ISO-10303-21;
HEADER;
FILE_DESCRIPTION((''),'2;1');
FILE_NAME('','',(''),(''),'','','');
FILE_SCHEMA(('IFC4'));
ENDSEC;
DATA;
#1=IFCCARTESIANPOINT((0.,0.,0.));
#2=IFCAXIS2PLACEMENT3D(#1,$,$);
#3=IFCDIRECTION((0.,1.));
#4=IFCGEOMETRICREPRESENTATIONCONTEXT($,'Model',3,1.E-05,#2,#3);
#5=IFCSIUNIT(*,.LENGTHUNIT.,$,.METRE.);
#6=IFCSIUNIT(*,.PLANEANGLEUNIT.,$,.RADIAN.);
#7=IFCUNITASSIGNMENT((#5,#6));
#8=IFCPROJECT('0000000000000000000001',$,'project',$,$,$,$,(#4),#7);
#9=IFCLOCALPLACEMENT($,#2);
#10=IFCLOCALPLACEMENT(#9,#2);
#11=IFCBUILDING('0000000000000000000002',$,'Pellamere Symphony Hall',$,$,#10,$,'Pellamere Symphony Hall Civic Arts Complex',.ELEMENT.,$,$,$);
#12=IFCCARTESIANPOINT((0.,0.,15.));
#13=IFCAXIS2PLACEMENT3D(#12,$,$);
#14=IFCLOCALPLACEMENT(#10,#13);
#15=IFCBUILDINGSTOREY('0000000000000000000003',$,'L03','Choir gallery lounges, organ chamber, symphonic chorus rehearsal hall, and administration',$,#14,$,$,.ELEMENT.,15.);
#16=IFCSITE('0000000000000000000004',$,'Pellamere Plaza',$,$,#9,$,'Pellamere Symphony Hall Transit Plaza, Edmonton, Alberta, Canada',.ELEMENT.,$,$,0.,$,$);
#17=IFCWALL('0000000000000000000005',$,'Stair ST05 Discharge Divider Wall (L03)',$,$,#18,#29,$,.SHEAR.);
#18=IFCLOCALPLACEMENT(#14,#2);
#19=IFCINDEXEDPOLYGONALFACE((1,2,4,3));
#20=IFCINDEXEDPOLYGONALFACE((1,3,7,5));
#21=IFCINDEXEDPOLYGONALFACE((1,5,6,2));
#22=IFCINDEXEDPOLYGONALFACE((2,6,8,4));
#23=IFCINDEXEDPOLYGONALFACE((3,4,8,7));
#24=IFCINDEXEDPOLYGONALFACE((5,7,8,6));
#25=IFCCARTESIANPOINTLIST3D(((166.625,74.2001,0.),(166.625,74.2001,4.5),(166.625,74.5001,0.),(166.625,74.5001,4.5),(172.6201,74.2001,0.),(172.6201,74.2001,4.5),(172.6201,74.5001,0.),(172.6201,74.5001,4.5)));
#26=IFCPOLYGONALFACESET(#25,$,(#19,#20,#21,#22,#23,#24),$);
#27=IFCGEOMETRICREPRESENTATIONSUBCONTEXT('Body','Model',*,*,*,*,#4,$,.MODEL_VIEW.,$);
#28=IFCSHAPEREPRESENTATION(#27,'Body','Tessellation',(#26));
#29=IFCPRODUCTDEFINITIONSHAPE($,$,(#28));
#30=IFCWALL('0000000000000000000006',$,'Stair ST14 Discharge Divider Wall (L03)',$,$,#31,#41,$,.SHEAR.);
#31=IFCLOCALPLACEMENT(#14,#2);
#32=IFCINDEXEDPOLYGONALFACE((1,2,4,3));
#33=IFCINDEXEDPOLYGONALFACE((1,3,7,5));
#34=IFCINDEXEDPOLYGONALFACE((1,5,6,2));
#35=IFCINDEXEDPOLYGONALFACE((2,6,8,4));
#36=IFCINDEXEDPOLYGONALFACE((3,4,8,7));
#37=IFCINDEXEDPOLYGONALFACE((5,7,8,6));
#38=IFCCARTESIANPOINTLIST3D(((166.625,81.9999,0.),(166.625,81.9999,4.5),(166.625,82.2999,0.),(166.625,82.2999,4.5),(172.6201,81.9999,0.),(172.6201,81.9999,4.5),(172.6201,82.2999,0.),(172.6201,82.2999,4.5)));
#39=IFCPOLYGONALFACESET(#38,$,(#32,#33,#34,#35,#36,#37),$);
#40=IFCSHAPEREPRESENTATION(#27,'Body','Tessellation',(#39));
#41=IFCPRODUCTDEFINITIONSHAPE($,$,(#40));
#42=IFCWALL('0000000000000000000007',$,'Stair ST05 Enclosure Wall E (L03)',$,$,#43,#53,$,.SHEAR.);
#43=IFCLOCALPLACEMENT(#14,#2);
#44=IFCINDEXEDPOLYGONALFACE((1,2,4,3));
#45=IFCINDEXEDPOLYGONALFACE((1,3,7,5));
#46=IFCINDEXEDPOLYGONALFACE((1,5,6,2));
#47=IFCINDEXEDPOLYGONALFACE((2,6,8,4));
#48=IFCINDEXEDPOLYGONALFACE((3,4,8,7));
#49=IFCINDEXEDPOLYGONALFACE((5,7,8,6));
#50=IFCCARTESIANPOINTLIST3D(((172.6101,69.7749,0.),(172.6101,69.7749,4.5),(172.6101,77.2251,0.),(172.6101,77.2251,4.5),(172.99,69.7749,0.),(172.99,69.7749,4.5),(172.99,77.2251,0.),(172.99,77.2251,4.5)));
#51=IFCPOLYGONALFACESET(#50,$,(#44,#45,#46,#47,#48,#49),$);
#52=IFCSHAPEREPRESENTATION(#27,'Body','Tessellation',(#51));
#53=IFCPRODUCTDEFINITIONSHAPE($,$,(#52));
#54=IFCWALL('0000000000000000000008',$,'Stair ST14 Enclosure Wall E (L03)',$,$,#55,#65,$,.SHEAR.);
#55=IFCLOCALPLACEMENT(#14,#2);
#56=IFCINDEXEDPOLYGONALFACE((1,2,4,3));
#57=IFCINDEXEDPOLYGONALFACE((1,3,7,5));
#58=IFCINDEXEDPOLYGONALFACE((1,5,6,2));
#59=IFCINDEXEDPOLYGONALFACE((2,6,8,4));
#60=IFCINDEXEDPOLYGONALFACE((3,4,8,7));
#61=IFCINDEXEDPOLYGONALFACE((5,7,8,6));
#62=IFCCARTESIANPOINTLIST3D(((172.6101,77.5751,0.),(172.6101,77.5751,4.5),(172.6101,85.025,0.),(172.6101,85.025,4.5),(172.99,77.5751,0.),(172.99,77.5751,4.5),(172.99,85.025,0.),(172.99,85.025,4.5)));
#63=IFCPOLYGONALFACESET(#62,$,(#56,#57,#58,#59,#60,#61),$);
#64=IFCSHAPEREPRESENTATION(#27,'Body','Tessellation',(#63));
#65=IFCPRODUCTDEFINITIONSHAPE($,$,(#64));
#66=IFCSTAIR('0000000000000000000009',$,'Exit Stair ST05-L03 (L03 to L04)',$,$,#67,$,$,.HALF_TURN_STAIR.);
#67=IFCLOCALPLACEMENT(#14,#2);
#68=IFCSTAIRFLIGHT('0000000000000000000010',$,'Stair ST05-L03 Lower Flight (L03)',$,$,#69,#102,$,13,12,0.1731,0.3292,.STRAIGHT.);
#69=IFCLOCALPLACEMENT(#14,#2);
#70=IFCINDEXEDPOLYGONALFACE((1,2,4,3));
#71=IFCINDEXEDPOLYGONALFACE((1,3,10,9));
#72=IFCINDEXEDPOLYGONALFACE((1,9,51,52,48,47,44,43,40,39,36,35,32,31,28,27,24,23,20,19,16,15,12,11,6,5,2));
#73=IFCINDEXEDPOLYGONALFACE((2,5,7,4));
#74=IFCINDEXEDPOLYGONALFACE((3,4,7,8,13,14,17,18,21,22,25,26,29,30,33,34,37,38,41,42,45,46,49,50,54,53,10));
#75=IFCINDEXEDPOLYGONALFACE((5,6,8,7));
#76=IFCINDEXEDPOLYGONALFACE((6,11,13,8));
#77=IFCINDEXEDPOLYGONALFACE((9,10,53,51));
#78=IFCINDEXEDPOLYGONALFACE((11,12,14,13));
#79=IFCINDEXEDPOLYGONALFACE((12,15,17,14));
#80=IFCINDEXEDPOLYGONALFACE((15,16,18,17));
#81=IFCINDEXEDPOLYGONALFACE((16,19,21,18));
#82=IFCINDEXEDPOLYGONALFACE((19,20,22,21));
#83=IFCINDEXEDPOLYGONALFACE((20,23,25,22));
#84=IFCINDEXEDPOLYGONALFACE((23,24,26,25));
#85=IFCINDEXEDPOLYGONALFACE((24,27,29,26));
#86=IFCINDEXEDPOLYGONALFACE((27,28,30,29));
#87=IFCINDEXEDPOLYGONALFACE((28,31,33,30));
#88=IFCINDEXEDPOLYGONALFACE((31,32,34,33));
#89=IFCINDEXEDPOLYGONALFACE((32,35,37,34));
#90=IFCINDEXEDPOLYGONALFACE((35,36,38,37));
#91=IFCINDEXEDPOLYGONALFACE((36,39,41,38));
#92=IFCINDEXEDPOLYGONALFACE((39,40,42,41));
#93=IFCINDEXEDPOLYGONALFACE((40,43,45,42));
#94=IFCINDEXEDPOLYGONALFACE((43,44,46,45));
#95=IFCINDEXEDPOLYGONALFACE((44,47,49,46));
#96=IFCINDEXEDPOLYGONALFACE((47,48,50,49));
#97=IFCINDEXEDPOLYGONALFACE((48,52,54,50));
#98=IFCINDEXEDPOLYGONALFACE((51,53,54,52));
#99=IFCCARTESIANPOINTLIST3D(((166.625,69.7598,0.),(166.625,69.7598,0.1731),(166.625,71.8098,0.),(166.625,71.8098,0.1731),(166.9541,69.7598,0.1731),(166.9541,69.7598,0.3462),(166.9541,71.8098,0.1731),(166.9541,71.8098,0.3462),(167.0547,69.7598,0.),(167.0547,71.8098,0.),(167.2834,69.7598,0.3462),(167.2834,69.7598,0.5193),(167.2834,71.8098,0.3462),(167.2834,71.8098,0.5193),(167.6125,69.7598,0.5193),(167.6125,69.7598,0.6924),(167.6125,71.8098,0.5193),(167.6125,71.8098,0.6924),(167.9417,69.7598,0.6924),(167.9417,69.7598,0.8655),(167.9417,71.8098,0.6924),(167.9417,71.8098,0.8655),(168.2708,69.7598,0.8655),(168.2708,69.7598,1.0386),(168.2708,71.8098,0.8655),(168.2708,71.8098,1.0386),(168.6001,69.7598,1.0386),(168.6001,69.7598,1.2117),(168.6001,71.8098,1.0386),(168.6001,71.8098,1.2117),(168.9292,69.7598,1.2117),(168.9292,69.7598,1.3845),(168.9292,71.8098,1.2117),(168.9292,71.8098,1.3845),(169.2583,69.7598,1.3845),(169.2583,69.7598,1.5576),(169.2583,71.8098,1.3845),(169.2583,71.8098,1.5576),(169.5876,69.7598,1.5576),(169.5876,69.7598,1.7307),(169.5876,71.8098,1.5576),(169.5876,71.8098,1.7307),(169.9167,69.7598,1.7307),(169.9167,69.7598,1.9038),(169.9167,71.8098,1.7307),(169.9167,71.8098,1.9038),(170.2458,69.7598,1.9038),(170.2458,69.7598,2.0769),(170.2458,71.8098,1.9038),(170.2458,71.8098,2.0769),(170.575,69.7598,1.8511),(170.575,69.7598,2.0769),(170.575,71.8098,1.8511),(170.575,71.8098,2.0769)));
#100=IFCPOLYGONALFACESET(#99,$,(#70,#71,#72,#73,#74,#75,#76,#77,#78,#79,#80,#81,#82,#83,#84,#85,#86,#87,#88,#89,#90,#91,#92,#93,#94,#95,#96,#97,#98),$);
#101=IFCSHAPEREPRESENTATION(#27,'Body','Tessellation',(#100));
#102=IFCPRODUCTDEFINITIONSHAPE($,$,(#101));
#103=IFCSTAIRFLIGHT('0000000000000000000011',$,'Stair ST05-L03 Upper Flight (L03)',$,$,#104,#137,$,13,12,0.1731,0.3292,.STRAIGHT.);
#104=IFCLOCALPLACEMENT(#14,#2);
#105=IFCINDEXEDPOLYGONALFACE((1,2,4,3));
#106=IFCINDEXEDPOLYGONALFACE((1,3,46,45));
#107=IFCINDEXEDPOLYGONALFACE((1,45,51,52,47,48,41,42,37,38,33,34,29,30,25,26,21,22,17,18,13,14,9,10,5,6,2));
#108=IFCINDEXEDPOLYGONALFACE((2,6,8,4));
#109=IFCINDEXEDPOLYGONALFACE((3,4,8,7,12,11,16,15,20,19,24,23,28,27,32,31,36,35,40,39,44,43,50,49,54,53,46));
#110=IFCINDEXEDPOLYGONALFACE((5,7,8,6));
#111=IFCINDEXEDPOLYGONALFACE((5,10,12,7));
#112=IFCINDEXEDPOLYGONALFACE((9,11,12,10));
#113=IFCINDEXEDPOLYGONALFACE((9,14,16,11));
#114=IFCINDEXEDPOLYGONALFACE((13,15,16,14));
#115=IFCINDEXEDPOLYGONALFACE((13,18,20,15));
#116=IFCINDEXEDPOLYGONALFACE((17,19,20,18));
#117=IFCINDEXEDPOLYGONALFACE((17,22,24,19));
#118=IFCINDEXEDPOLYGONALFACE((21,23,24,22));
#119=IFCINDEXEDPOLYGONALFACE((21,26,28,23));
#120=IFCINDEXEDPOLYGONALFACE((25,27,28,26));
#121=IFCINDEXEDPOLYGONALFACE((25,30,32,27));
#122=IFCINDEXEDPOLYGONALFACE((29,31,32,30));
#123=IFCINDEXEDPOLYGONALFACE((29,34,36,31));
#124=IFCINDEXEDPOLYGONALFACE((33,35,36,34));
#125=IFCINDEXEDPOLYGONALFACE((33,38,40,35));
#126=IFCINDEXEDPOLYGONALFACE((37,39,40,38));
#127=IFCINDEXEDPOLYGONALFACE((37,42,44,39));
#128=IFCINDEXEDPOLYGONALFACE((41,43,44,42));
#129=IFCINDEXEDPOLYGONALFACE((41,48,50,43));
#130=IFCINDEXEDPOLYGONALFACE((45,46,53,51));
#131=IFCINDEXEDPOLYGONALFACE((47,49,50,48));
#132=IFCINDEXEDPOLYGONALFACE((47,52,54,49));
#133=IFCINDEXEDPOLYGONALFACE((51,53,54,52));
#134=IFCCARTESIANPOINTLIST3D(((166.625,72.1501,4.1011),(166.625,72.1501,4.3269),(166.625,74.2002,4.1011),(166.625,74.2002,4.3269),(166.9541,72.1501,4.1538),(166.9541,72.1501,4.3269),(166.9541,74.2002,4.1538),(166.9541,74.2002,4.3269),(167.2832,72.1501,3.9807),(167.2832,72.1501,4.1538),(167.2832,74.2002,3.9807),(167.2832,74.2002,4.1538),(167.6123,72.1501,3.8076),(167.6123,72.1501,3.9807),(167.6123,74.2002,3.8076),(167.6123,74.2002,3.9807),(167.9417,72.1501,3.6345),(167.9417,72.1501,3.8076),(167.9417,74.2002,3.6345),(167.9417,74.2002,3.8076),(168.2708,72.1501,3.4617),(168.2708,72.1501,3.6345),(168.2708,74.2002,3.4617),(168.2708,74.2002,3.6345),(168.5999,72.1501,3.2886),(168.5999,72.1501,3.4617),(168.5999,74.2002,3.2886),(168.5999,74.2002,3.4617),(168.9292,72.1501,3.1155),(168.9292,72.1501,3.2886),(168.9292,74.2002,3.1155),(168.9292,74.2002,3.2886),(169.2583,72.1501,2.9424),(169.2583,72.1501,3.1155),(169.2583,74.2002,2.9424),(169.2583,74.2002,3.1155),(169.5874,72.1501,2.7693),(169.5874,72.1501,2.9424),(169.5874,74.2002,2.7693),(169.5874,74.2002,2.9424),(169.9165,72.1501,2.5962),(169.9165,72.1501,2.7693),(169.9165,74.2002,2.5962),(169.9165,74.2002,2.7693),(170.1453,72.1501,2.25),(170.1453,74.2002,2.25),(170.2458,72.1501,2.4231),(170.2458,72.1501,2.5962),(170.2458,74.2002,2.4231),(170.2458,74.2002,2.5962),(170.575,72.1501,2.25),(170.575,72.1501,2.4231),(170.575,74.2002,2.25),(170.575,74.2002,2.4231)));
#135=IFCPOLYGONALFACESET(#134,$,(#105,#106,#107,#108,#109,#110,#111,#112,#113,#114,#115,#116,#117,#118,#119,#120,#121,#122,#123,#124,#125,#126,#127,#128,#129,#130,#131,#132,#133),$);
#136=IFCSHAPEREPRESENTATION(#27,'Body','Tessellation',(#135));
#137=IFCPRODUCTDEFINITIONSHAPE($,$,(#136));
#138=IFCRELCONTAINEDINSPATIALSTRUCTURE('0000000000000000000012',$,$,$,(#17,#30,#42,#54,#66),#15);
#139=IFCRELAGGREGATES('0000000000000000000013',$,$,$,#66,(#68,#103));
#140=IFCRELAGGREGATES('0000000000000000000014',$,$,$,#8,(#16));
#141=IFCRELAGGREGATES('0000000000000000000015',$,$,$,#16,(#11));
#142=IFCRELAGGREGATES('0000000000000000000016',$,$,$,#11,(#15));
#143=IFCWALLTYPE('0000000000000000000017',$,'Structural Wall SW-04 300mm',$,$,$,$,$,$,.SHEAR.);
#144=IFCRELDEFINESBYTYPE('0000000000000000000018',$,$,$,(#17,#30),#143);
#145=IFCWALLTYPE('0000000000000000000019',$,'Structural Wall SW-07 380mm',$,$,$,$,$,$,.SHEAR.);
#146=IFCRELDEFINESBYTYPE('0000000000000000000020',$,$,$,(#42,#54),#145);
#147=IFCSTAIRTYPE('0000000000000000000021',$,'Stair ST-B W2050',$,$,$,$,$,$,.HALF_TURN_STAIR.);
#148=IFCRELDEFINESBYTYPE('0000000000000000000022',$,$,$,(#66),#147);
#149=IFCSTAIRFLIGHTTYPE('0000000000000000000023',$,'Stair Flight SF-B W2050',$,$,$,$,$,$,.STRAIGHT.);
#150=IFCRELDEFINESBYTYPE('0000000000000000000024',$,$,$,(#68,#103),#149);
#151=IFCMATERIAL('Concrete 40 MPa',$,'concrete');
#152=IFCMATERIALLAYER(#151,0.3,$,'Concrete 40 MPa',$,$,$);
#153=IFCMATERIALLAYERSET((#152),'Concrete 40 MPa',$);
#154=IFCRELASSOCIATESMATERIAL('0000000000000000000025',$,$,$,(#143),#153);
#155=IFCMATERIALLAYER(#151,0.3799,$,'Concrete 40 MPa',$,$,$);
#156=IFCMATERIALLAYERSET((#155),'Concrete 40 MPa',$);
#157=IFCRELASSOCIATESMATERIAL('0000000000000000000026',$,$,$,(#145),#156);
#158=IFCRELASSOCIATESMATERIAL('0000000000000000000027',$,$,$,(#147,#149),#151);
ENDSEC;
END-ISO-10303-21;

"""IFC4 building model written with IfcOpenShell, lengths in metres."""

from ifc_helpers import new_model, si_unit, direction, frame, frame_2d, origin, place, context, subcontext, project, spatial, polyline, rectangle, outline, extrude, material, layer, layer_set, type_object, element, aggregate, save


model = new_model("IFC4")

# Units and contexts
model_context = context("Model", 3, precision=1e-05, world=origin(), true_north=direction((0.0, 1.0)))
body_context = subcontext(model_context, "Body", "Model", "MODEL_VIEW")
ifc_project = project(units=[si_unit("LENGTHUNIT", "METRE"), si_unit("PLANEANGLEUNIT", "RADIAN")], contexts=[model_context])

# Site, building, storey
site_placement = place(None, origin())
site = spatial("IfcSite", under=ifc_project, at=site_placement, Name="Pellamere Plaza", LongName="Pellamere Symphony Hall Transit Plaza, Edmonton, Alberta, Canada", CompositionType="ELEMENT", RefElevation=0.0)
building_placement = place(site_placement, origin())
building = spatial("IfcBuilding", under=site, at=building_placement, Name="Pellamere Symphony Hall", LongName="Pellamere Symphony Hall Civic Arts Complex", CompositionType="ELEMENT")
storey_placement = place(building_placement, frame((0.0, 0.0, 15.0)))
storey = spatial("IfcBuildingStorey", under=building, at=storey_placement, Name="L03", Description="Choir gallery lounges, organ chamber, symphonic chorus rehearsal hall, and administration", CompositionType="ELEMENT", Elevation=15.0)

# Shared definitions
ifc_material_1 = material(Name="Concrete 40 MPa", Category="concrete")

# Walls
ifc_layer_1 = layer(ifc_material_1, 0.3, Name="Concrete 40 MPa")
ifc_layer_set_1 = layer_set([ifc_layer_1], Name="Concrete 40 MPa")
wall_type_1 = type_object("IfcWallType", Name="Structural Wall SW-04 300mm", PredefinedType="SHEAR", material=ifc_layer_set_1)
for number, where, z_axis, x_axis, name in (
    (1, (166.625, 74.3501, 0.0), (0.0, 0.0, 1.0), (1.0, 0.0, 0.0), "Stair ST05 Discharge Divider Wall (L03)"),
    (2, (166.625, 82.1499, 0.0), (0.0, 0.0, 1.0), (1.0, 0.0, 0.0), "Stair ST14 Discharge Divider Wall (L03)"),
):
    element("IfcWall", number, at=place(storey_placement, frame(where, z_axis=z_axis, x_axis=x_axis)), inside=storey, type_object=wall_type_1, Name=name, PredefinedType="SHEAR", context=body_context, shape_type="SweptSolid", body=[
        extrude(rectangle(XDim=5.9951, YDim=0.3, at=frame_2d((2.9976, 0.0))), origin(), (0.0, 0.0, 1.0), 4.5),
    ])
ifc_layer_2 = layer(ifc_material_1, 0.3799, Name="Concrete 40 MPa")
ifc_layer_set_2 = layer_set([ifc_layer_2], Name="Concrete 40 MPa")
wall_type_2 = type_object("IfcWallType", Name="Structural Wall SW-07 380mm", PredefinedType="SHEAR", material=ifc_layer_set_2)
wall_1_placement = place(storey_placement, frame((172.8, 69.7749, 0.0), z_axis=(0.0, 0.0, 1.0), x_axis=(0.0, 1.0, 0.0)))
element("IfcWall", 3, at=wall_1_placement, inside=storey, type_object=wall_type_2, Name="Stair ST05 Enclosure Wall E (L03)", PredefinedType="SHEAR", context=body_context, shape_type="SweptSolid", body=[
    extrude(rectangle(XDim=7.4502, YDim=0.3799, at=frame_2d((3.7251, 0.0))), origin(), (0.0, 0.0, 1.0), 4.5),
])
wall_2_placement = place(storey_placement, frame((172.8, 77.575, 0.0), z_axis=(0.0, 0.0, 1.0), x_axis=(0.0, 1.0, 0.0)))
element("IfcWall", 4, at=wall_2_placement, inside=storey, type_object=wall_type_2, Name="Stair ST14 Enclosure Wall E (L03)", PredefinedType="SHEAR", context=body_context, shape_type="SweptSolid", body=[
    extrude(rectangle(XDim=7.45, YDim=0.3799, at=frame_2d((3.7251, 0.0))), origin(), (0.0, 0.0, 1.0), 4.5),
])

# Stair, stair flights
stair_type = type_object("IfcStairType", Name="Stair ST-B W2050", PredefinedType="HALF_TURN_STAIR", material=ifc_material_1)
stair_placement = place(storey_placement, origin())
stair = element("IfcStair", 5, at=stair_placement, inside=storey, type_object=stair_type, Name="Exit Stair ST05-L03 (L03 to L04)", PredefinedType="HALF_TURN_STAIR")
stair_flight_type = type_object("IfcStairFlightType", Name="Stair Flight SF-B W2050", PredefinedType="STRAIGHT", material=ifc_material_1)
stair_flight_1_placement = place(storey_placement, frame((166.625, 70.7849, 0.0), z_axis=(0.0, 0.0, 1.0), x_axis=(1.0, 0.0, 0.0)))
stair_flight_1 = element("IfcStairFlight", 6, at=stair_flight_1_placement, type_object=stair_flight_type, Name="Stair ST05-L03 Lower Flight (L03)", NumberOfRisers=13, NumberOfTreads=12, PredefinedType="STRAIGHT", RiserHeight=0.1731, TreadLength=0.3292, context=body_context, shape_type="SweptSolid", body=[
    extrude(outline(polyline([(0.0, 0.0), (0.0, 0.1731), (0.3291, 0.1731), (0.3291, 0.3462), (0.6584, 0.3462), (0.6584, 0.5193), (0.9875, 0.5193), (0.9875, 0.6924), (1.3167, 0.6924), (1.3167, 0.8655), (1.6458, 0.8655), (1.6458, 1.0386), (1.9751, 1.0386), (1.9751, 1.2117), (2.3042, 1.2117), (2.3042, 1.3845), (2.6333, 1.3845), (2.6333, 1.5576), (2.9626, 1.5576), (2.9626, 1.7307), (3.2917, 1.7307), (3.2917, 1.9038), (3.6208, 1.9038), (3.6208, 2.0769), (3.95, 2.0769), (3.95, 2.25), (3.95, 1.8511), (0.4297, 0.0), (0.0, 0.0)])), frame((0.0, 1.0249, 0.0), z_axis=(0.0, -1.0, 0.0), x_axis=(1.0, 0.0, 0.0)), (0.0, 0.0, 1.0), 2.05),
])
stair_flight_2_placement = place(storey_placement, frame((170.575, 73.175, 2.25), z_axis=(0.0, 0.0, 1.0), x_axis=(-1.0, 0.0, 0.0)))
stair_flight_2 = element("IfcStairFlight", 7, at=stair_flight_2_placement, type_object=stair_flight_type, Name="Stair ST05-L03 Upper Flight (L03)", NumberOfRisers=13, NumberOfTreads=12, PredefinedType="STRAIGHT", RiserHeight=0.1731, TreadLength=0.3292, context=body_context, shape_type="SweptSolid", body=[
    extrude(outline(polyline([(0.0, 0.0), (0.0, 0.1731), (0.3291, 0.1731), (0.3291, 0.3462), (0.6584, 0.3462), (0.6584, 0.5193), (0.9875, 0.5193), (0.9875, 0.6924), (1.3167, 0.6924), (1.3167, 0.8655), (1.6458, 0.8655), (1.6458, 1.0386), (1.9751, 1.0386), (1.9751, 1.2117), (2.3042, 1.2117), (2.3042, 1.3845), (2.6333, 1.3845), (2.6333, 1.5576), (2.9626, 1.5576), (2.9626, 1.7307), (3.2917, 1.7307), (3.2917, 1.9038), (3.6208, 1.9038), (3.6208, 2.0769), (3.95, 2.0769), (3.95, 2.25), (3.95, 1.8511), (0.4297, 0.0), (0.0, 0.0)])), frame((0.0, 1.0249, 0.0), z_axis=(0.0, -1.0, 0.0), x_axis=(1.0, 0.0, 0.0)), (0.0, 0.0, 1.0), 2.05),
])
aggregate(stair, [stair_flight_1, stair_flight_2])

save(model, "model.ifc")
